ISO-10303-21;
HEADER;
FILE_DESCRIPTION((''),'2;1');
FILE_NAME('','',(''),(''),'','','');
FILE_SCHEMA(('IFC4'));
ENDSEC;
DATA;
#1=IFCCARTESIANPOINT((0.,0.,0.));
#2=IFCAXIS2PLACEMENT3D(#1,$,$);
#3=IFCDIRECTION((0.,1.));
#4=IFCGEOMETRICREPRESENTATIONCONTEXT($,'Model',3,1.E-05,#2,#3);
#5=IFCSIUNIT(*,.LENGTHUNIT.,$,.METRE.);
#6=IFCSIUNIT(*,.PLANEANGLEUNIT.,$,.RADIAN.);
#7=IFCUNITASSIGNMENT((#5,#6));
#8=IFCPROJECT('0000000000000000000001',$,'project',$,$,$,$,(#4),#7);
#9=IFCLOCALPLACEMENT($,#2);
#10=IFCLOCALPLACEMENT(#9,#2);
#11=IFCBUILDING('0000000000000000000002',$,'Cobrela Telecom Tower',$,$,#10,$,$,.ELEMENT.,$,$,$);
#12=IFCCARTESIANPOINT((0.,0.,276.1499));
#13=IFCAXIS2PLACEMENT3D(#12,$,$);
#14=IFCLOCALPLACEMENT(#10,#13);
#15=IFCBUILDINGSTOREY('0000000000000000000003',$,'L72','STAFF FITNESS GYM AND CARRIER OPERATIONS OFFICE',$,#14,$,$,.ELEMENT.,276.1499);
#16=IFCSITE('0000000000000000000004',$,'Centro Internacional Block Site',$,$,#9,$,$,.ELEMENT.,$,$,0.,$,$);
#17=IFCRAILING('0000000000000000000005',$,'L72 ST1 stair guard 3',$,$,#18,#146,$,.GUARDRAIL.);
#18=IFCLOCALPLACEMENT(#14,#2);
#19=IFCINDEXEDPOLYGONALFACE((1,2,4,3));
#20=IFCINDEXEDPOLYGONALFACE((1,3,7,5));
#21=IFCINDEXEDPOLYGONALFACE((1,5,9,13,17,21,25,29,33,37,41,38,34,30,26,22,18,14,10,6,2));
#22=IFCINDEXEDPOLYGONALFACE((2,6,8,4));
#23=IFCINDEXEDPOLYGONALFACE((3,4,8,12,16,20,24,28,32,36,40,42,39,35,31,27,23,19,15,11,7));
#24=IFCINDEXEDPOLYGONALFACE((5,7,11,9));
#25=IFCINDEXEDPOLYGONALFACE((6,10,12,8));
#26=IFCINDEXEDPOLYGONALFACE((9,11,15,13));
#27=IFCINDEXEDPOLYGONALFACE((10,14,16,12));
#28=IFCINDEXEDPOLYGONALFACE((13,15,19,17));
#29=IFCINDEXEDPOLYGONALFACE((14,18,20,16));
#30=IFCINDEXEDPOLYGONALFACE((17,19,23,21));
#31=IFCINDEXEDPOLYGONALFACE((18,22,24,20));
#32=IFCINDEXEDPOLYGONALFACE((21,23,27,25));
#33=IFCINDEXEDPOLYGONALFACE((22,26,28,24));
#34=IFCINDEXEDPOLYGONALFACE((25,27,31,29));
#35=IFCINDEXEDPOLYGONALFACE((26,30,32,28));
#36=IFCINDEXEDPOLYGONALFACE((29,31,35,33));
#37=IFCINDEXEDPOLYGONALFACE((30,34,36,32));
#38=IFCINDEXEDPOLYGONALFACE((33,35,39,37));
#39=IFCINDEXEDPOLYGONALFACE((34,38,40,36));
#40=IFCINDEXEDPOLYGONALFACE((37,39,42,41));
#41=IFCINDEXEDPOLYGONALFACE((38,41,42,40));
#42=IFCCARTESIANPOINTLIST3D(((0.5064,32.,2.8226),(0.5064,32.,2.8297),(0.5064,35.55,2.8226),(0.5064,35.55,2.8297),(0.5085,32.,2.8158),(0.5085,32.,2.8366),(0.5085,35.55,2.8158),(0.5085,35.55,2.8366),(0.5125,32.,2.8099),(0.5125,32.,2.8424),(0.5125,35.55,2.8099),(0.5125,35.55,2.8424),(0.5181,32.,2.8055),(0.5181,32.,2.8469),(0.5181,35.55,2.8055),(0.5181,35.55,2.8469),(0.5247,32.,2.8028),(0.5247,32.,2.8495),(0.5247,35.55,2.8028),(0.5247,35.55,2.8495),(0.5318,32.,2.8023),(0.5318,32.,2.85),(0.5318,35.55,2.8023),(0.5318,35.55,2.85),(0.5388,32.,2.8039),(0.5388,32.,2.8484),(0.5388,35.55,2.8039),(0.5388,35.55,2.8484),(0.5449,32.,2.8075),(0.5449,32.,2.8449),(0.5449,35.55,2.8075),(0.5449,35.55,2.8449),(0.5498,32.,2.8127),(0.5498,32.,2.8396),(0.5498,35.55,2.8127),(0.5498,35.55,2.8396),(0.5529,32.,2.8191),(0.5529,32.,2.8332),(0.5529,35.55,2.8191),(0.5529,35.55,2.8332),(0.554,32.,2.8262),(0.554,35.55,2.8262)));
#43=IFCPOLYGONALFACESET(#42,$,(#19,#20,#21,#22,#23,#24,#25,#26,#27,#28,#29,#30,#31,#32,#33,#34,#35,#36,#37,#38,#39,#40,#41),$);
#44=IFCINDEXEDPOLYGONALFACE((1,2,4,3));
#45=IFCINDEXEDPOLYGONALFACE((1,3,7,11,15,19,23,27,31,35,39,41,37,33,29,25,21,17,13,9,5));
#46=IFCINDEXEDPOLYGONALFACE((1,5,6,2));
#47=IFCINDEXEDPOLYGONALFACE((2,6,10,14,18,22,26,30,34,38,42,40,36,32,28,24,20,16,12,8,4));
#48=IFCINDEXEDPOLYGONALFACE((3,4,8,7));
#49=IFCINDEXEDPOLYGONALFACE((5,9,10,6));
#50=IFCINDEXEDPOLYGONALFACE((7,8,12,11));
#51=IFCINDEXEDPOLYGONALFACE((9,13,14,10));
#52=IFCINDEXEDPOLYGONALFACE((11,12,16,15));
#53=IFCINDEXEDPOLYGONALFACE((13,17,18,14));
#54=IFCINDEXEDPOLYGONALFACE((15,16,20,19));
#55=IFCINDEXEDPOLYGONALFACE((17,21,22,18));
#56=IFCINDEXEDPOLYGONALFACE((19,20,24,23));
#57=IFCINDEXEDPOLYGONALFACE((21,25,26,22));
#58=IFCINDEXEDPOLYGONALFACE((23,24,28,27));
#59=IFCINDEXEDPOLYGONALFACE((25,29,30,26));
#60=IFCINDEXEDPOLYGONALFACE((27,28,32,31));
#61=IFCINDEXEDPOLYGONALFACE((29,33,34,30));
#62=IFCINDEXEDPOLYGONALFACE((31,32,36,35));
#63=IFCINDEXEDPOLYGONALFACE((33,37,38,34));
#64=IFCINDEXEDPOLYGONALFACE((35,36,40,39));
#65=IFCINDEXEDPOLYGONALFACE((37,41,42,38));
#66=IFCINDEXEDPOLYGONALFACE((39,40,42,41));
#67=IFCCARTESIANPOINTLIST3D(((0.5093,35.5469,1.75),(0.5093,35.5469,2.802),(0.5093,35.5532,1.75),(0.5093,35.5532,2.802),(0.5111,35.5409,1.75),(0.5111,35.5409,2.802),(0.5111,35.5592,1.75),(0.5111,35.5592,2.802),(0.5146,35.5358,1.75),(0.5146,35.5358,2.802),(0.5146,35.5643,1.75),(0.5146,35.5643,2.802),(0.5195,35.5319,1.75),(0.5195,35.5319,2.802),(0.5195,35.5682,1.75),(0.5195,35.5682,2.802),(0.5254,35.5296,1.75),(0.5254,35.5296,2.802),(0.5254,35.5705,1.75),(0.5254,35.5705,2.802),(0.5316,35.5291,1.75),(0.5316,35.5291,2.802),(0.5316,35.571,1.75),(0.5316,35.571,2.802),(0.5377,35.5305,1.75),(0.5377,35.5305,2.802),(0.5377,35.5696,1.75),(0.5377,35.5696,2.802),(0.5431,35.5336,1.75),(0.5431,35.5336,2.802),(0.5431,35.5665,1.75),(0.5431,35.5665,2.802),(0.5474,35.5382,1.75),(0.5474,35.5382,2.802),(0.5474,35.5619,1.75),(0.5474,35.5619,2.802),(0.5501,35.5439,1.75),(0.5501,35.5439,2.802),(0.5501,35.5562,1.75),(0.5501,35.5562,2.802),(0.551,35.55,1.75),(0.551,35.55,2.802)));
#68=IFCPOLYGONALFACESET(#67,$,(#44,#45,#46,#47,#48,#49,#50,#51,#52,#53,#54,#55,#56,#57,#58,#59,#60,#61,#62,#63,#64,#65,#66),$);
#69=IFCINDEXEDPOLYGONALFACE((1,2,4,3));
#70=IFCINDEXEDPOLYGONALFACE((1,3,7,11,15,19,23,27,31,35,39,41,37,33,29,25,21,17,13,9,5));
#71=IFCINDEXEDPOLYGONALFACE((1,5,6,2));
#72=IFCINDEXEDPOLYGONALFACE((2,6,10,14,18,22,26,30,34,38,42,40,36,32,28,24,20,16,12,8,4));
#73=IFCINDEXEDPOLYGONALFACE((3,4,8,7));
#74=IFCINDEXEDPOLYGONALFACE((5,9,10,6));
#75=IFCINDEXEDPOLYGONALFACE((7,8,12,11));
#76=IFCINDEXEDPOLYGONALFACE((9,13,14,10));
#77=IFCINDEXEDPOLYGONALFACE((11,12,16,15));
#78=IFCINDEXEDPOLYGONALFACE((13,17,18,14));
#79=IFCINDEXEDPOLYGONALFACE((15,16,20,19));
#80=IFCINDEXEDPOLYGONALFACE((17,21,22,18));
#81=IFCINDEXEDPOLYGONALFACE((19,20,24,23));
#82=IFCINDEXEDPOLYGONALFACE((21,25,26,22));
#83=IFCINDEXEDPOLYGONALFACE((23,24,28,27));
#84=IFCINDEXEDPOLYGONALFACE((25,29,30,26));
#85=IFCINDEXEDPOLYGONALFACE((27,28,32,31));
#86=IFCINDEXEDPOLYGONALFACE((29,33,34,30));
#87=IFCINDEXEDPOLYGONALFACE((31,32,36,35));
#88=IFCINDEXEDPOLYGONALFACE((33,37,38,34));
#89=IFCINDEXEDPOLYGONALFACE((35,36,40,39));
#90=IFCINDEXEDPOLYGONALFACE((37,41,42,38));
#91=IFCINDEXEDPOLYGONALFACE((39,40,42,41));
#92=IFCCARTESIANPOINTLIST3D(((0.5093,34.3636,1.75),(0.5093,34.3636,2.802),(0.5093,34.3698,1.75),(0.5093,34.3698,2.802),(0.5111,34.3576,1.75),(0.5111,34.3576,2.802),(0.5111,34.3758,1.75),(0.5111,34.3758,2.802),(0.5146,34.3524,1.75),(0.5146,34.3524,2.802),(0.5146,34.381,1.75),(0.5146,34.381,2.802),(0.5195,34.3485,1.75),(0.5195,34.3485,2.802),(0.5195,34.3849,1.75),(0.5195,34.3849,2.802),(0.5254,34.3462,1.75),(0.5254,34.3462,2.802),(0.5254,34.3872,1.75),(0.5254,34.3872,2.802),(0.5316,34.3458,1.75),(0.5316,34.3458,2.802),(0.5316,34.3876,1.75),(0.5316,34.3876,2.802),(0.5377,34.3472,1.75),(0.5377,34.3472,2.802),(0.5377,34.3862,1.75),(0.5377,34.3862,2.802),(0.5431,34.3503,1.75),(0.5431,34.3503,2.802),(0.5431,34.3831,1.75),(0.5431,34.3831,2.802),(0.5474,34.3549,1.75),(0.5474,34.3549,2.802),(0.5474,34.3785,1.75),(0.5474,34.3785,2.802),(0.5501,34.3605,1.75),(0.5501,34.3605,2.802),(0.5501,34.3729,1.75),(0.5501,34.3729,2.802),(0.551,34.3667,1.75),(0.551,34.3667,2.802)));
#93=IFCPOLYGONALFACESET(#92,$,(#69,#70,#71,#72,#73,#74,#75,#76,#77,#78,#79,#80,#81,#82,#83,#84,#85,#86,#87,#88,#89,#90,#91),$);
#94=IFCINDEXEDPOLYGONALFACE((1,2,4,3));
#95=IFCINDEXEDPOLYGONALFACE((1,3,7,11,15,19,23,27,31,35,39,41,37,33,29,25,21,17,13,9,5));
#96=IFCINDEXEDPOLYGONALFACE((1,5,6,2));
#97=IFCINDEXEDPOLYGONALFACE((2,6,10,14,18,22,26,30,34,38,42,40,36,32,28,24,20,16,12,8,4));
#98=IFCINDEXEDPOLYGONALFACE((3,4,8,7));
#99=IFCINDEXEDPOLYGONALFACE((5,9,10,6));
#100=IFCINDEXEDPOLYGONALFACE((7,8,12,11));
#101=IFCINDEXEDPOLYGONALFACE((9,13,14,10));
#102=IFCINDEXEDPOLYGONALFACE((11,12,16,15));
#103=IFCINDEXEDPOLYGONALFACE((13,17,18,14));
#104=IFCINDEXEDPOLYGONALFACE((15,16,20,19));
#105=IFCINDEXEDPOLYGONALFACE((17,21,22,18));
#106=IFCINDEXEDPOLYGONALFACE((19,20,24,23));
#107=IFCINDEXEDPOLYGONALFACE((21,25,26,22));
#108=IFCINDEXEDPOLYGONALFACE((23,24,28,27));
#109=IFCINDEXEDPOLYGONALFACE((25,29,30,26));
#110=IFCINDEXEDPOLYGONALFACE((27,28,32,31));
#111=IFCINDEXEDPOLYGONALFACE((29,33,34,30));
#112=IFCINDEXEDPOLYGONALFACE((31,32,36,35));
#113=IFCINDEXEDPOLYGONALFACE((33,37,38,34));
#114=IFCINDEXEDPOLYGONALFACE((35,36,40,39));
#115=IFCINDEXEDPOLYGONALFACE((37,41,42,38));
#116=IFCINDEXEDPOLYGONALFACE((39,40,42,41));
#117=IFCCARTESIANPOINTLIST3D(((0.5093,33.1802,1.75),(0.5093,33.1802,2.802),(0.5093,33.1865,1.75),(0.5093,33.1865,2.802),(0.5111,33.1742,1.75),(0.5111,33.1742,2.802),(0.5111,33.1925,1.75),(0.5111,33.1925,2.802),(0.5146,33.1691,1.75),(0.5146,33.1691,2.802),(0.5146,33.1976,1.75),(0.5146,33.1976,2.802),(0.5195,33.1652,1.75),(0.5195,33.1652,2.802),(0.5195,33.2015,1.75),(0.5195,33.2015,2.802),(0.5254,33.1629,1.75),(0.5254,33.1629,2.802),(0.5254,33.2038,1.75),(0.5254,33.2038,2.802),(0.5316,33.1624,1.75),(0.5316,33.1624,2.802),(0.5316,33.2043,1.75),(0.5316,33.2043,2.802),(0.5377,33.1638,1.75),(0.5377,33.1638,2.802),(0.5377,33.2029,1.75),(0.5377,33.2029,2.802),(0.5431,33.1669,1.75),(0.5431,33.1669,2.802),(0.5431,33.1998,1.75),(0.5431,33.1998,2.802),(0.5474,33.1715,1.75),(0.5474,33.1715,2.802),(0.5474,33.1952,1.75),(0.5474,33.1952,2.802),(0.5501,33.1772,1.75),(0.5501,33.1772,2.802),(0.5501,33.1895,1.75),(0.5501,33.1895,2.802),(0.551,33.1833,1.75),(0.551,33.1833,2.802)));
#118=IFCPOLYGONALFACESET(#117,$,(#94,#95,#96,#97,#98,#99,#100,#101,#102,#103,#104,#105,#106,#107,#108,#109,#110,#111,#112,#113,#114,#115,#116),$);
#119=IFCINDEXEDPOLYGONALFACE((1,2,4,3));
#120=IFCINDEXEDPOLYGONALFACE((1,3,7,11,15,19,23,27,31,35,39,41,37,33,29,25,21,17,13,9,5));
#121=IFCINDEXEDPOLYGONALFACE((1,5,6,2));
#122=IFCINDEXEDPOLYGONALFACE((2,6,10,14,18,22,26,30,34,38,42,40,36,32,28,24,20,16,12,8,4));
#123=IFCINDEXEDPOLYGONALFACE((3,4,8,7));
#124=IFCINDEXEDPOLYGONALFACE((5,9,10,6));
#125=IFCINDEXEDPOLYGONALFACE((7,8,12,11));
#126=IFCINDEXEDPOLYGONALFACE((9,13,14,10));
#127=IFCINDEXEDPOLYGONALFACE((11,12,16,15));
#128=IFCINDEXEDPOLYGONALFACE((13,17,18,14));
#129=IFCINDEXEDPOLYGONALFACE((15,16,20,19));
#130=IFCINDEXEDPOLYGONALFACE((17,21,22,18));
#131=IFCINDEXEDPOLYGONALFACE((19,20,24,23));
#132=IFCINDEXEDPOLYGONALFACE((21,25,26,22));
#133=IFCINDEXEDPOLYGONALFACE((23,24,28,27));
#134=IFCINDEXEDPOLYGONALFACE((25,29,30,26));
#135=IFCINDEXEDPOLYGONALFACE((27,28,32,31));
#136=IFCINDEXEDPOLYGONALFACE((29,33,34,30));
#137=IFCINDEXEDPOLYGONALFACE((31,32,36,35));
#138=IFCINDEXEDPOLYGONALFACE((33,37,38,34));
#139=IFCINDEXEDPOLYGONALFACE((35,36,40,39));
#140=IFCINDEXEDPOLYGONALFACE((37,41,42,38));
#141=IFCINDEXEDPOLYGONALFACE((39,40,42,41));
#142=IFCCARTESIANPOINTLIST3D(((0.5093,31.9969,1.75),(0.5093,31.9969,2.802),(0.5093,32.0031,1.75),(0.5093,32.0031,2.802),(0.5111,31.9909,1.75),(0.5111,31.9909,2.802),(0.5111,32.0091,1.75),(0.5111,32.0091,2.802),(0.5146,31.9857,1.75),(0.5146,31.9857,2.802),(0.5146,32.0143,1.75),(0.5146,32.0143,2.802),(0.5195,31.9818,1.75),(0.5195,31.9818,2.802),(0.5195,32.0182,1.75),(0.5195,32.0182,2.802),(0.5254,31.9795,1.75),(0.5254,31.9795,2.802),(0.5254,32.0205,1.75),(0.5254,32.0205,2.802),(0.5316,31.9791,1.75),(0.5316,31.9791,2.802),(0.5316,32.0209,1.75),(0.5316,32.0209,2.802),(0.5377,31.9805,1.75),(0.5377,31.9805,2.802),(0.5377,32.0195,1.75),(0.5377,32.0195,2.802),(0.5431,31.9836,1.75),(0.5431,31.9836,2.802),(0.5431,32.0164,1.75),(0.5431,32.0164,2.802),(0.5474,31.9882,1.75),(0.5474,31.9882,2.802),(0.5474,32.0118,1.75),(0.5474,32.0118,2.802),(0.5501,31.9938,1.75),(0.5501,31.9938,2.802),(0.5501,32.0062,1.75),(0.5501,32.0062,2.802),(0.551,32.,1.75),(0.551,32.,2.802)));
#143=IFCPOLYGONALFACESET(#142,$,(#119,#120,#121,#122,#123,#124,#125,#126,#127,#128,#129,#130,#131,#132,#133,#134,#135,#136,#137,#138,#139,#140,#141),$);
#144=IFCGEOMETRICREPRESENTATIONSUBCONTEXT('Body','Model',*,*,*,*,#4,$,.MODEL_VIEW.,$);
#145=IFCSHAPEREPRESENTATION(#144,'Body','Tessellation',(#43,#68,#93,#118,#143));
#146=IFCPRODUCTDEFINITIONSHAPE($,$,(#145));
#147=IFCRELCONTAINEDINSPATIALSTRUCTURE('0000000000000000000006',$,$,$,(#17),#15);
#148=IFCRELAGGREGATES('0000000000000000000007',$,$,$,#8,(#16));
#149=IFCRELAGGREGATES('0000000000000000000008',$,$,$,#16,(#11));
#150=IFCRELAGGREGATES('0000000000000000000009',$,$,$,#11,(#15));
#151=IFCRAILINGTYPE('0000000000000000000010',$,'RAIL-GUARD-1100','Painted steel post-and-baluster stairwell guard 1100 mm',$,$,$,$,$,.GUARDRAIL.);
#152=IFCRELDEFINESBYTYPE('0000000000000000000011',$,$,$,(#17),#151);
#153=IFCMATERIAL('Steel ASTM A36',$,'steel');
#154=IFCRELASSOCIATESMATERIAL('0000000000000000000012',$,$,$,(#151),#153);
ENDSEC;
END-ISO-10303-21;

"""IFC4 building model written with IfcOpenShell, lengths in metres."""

from ifc_helpers import new_model, si_unit, direction, frame, origin, origin_2d, place, context, subcontext, project, spatial, circle, extrude, material, type_object, element, save


model = new_model("IFC4")

# Units and contexts
model_context = context("Model", 3, precision=1e-05, world=origin(), true_north=direction((0.0, 1.0)))
body_context = subcontext(model_context, "Body", "Model", "MODEL_VIEW")
ifc_project = project(units=[si_unit("LENGTHUNIT", "METRE"), si_unit("PLANEANGLEUNIT", "RADIAN")], contexts=[model_context])

# Site, building, storey
site_placement = place(None, origin())
site = spatial("IfcSite", under=ifc_project, at=site_placement, Name="Centro Internacional Block Site", CompositionType="ELEMENT", RefElevation=0.0)
building_placement = place(site_placement, origin())
building = spatial("IfcBuilding", under=site, at=building_placement, Name="Cobrela Telecom Tower", CompositionType="ELEMENT")
storey_placement = place(building_placement, frame((0.0, 0.0, 276.1499)))
storey = spatial("IfcBuildingStorey", under=building, at=storey_placement, Name="L72", Description="STAFF FITNESS GYM AND CARRIER OPERATIONS OFFICE", CompositionType="ELEMENT", Elevation=276.1499)

# Shared definitions
ifc_material_1 = material(Name="Steel ASTM A36", Category="steel")

# Railing
railing_type_1 = type_object("IfcRailingType", Name="RAIL-GUARD-1100", Description="Painted steel post-and-baluster stairwell guard 1100 mm", PredefinedType="GUARDRAIL", material=ifc_material_1)
railing_1_placement = place(storey_placement, frame((0.53, 35.55, 1.75)))
element("IfcRailing", 1, at=railing_1_placement, inside=storey, type_object=railing_type_1, Name="L72 ST1 stair guard 3", PredefinedType="GUARDRAIL", context=body_context, shape_type="SweptSolid", body=[
    extrude(circle(Radius=0.0239, at=origin_2d()), frame((0.0, 0.0, 1.0762), z_axis=(0.0, -1.0, 0.0), x_axis=(1.0, 0.0, 0.0)), (0.0, 0.0, 1.0), 3.55),
    extrude(circle(Radius=0.021, at=origin_2d()), origin(), (0.0, 0.0, 1.0), 1.052),
    extrude(circle(Radius=0.021, at=origin_2d()), frame((0.0, -1.1833, 0.0)), (0.0, 0.0, 1.0), 1.052),
    extrude(circle(Radius=0.021, at=origin_2d()), frame((0.0, -2.3667, 0.0)), (0.0, 0.0, 1.0), 1.052),
    extrude(circle(Radius=0.021, at=origin_2d()), frame((0.0, -3.55, 0.0)), (0.0, 0.0, 1.0), 1.052),
])

save(model, "model.ifc")
